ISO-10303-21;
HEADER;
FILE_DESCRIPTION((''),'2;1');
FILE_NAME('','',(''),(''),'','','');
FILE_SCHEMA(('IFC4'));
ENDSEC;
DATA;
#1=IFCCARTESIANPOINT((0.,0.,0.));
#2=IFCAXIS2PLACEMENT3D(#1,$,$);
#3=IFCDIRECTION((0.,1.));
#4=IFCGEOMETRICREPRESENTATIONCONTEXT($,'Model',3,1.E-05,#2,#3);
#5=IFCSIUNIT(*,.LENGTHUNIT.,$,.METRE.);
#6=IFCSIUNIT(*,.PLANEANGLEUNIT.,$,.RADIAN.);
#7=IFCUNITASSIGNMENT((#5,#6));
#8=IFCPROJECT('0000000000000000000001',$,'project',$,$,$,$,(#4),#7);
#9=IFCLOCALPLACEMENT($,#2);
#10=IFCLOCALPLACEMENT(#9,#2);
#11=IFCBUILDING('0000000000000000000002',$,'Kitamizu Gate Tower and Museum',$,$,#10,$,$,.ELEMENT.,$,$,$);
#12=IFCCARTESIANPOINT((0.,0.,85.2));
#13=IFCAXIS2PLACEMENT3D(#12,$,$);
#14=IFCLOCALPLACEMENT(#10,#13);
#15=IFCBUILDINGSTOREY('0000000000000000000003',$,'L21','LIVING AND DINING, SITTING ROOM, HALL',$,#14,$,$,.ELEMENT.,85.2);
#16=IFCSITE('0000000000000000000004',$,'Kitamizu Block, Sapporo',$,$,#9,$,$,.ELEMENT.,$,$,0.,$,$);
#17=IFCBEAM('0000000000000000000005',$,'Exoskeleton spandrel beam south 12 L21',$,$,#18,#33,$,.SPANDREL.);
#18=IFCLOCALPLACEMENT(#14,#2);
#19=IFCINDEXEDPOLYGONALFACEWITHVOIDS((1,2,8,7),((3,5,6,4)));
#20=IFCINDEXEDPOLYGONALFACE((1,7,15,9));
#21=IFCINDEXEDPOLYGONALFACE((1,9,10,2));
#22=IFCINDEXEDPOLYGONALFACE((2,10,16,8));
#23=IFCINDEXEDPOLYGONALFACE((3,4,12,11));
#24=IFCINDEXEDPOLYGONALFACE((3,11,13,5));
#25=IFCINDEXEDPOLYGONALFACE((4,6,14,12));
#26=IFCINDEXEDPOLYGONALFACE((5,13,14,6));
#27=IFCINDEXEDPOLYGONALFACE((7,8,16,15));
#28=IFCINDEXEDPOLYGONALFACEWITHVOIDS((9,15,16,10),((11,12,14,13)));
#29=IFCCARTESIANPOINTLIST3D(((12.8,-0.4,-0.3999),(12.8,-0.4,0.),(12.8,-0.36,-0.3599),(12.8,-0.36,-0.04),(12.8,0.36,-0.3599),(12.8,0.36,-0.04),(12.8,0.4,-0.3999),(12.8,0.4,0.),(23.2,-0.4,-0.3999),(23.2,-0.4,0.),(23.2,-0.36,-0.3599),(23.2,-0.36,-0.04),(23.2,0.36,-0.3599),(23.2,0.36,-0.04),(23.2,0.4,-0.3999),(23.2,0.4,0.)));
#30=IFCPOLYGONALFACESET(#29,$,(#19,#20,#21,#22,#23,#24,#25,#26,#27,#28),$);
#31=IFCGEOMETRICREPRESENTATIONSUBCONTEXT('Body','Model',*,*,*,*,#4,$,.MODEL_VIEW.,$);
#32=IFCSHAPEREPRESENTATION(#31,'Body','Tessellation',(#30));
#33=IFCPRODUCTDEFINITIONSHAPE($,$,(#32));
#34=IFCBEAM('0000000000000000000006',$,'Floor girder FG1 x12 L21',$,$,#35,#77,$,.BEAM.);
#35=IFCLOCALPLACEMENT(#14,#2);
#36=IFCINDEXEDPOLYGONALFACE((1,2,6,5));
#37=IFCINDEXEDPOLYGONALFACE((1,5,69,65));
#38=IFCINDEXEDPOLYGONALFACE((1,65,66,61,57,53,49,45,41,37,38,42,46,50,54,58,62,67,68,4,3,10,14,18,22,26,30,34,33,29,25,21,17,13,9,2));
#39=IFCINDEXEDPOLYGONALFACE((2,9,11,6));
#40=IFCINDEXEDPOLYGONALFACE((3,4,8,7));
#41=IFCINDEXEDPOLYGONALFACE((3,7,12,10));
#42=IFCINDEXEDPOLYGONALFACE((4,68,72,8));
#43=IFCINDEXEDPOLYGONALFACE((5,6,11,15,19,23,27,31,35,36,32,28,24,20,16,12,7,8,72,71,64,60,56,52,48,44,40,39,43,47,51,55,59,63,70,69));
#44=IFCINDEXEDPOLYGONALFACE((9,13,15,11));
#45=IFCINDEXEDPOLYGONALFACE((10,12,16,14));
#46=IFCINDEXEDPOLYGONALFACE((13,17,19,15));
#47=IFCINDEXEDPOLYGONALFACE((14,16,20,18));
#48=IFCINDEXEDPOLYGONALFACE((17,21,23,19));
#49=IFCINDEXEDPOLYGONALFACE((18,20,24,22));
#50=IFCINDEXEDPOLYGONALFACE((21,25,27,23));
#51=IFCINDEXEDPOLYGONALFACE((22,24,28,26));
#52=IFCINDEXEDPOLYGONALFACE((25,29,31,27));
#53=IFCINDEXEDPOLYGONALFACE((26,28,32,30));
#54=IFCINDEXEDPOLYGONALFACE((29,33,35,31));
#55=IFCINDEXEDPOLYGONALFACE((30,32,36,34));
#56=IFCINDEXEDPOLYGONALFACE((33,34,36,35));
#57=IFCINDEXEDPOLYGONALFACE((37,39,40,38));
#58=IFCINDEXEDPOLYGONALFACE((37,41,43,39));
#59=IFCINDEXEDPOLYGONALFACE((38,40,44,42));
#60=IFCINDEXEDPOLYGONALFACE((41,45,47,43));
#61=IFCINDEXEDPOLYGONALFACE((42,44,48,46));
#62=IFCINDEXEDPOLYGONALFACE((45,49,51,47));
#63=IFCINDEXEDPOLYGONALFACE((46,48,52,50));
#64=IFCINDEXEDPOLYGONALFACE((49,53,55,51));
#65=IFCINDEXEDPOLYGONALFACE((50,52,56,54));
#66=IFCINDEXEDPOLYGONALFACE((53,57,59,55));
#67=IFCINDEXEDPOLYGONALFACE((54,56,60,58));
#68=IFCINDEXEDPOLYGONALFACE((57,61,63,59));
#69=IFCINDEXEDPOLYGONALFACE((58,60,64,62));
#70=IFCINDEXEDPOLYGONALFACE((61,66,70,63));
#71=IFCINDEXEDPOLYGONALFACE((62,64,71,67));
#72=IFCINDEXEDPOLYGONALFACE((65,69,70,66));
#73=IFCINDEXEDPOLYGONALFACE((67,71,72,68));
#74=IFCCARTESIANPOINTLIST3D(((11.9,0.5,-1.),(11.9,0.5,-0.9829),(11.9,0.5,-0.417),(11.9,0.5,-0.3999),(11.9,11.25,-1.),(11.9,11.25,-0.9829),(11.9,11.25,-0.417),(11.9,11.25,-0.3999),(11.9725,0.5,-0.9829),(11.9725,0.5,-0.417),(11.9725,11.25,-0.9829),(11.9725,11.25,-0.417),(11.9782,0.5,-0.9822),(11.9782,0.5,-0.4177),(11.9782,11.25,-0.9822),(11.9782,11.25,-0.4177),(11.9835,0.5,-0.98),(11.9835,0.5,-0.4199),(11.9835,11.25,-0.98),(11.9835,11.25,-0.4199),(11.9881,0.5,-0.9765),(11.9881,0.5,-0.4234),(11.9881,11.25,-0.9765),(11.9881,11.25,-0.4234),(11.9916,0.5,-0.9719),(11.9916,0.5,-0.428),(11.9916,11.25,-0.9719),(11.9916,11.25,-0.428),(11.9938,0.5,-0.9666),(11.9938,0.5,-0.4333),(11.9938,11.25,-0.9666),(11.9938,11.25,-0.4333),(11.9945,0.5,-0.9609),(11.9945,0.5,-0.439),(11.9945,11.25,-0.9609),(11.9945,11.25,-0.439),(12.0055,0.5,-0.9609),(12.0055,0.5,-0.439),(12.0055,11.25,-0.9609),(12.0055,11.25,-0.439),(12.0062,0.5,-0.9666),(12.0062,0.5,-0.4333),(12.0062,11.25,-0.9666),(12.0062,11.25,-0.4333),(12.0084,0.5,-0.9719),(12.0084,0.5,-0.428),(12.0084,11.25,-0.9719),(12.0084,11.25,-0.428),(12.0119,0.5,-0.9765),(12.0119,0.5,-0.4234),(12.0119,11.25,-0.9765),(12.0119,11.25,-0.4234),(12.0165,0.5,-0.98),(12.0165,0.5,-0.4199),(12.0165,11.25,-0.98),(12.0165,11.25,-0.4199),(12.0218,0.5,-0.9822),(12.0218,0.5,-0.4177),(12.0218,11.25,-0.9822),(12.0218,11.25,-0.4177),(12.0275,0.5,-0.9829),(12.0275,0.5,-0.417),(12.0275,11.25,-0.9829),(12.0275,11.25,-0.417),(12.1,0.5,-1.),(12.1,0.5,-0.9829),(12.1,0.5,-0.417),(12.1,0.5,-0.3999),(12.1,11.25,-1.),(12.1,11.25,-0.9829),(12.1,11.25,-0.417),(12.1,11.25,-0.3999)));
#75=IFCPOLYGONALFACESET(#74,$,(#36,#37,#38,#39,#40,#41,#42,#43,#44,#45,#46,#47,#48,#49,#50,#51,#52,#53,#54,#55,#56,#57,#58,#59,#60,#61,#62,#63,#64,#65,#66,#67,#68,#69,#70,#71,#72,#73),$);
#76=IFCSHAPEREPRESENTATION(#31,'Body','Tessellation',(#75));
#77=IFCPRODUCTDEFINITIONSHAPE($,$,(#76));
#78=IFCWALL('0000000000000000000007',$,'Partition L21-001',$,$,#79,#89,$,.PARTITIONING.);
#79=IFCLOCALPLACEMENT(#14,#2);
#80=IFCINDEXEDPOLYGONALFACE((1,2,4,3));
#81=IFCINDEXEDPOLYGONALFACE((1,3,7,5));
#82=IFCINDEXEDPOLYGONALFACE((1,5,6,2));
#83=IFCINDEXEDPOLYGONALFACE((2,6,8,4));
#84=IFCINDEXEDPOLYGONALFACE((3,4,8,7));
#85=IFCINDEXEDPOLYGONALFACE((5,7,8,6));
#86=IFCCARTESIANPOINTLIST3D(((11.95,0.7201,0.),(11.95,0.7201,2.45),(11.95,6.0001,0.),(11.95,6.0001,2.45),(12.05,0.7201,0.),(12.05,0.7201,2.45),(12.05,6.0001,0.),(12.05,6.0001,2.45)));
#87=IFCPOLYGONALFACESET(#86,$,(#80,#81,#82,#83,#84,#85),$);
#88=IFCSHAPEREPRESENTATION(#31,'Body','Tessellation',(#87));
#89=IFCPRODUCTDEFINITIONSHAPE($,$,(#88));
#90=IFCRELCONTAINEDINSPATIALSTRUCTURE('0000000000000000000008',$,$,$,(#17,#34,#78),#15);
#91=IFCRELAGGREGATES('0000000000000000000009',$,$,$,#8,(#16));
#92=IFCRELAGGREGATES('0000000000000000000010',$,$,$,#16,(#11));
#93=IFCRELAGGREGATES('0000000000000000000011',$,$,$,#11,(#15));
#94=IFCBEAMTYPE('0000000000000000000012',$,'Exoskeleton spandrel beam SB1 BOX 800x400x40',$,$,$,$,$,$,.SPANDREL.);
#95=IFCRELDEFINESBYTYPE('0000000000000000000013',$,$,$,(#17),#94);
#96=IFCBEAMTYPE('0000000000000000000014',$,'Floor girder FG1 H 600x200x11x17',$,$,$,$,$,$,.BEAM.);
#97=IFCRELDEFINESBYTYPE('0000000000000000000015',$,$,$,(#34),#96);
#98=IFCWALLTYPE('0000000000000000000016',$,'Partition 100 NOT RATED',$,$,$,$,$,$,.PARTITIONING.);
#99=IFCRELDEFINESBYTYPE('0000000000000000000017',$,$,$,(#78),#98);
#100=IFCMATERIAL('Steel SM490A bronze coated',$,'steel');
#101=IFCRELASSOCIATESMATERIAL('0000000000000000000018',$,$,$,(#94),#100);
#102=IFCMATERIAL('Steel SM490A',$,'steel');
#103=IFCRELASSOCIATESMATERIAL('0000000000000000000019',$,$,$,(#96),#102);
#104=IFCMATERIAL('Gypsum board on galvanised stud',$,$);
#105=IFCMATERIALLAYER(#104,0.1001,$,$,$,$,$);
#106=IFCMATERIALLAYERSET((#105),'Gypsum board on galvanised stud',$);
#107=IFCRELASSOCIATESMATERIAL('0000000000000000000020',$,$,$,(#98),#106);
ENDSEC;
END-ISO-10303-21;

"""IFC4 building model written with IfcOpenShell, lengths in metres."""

from ifc_helpers import new_model, si_unit, direction, frame, frame_2d, origin, origin_2d, place, context, subcontext, project, spatial, rectangle, hollow_rectangle, i_section, extrude, material, layer, layer_set, material_profile, profile_set, type_object, element, save


model = new_model("IFC4")

# Units and contexts
model_context = context("Model", 3, precision=1e-05, world=origin(), true_north=direction((0.0, 1.0)))
body_context = subcontext(model_context, "Body", "Model", "MODEL_VIEW")
ifc_project = project(units=[si_unit("LENGTHUNIT", "METRE"), si_unit("PLANEANGLEUNIT", "RADIAN")], contexts=[model_context])

# Site, building, storey
site_placement = place(None, origin())
site = spatial("IfcSite", under=ifc_project, at=site_placement, Name="Kitamizu Block, Sapporo", CompositionType="ELEMENT", RefElevation=0.0)
building_placement = place(site_placement, origin())
building = spatial("IfcBuilding", under=site, at=building_placement, Name="Kitamizu Gate Tower and Museum", CompositionType="ELEMENT")
storey_placement = place(building_placement, frame((0.0, 0.0, 85.2)))
storey = spatial("IfcBuildingStorey", under=building, at=storey_placement, Name="L21", Description="LIVING AND DINING, SITTING ROOM, HALL", CompositionType="ELEMENT", Elevation=85.2)

# Beams
ifc_material_1 = material(Name="Steel SM490A bronze coated", Category="steel")
ifc_material_profile_1 = material_profile(ifc_material_1, hollow_rectangle(XDim=0.8, YDim=0.3999, WallThickness=0.04, at=origin_2d()), Name="BOX 800x400x40")
ifc_profile_set_1 = profile_set([ifc_material_profile_1], Name="Steel SM490A bronze coated")
beam_type_1 = type_object("IfcBeamType", Name="Exoskeleton spandrel beam SB1 BOX 800x400x40", PredefinedType="SPANDREL", material=ifc_profile_set_1)
beam_1_placement = place(storey_placement, frame((12.8, 0.0, -0.2), z_axis=(1.0, 0.0, 0.0), x_axis=(0.0, 1.0, 0.0)))
element("IfcBeam", 1, at=beam_1_placement, inside=storey, type_object=beam_type_1, Name="Exoskeleton spandrel beam south 12 L21", PredefinedType="SPANDREL", context=body_context, shape_type="SweptSolid", body=[
    extrude(hollow_rectangle(XDim=0.8, YDim=0.3999, WallThickness=0.04, at=origin_2d()), origin(), (0.0, 0.0, 1.0), 10.3999),
])
ifc_material_2 = material(Name="Steel SM490A", Category="steel")
ifc_material_profile_2 = material_profile(ifc_material_2, i_section(OverallWidth=0.2, OverallDepth=0.6001, WebThickness=0.011, FlangeThickness=0.0171, FilletRadius=0.022, at=origin_2d()), Name="H-600x200x11x17")
ifc_profile_set_2 = profile_set([ifc_material_profile_2], Name="Steel SM490A")
beam_type_2 = type_object("IfcBeamType", Name="Floor girder FG1 H 600x200x11x17", PredefinedType="BEAM", material=ifc_profile_set_2)
beam_2_placement = place(storey_placement, frame((12.0, 0.5, -0.7), z_axis=(0.0, 1.0, 0.0), x_axis=(-1.0, 0.0, 0.0)))
element("IfcBeam", 2, at=beam_2_placement, inside=storey, type_object=beam_type_2, Name="Floor girder FG1 x12 L21", PredefinedType="BEAM", context=body_context, shape_type="SweptSolid", body=[
    extrude(i_section(OverallWidth=0.2, OverallDepth=0.6001, WebThickness=0.011, FlangeThickness=0.0171, FilletRadius=0.022, at=origin_2d()), origin(), (0.0, 0.0, 1.0), 10.75),
])

# Wall
ifc_material_3 = material(Name="Gypsum board on galvanised stud")
ifc_layer = layer(ifc_material_3, 0.1001)
ifc_layer_set = layer_set([ifc_layer], Name="Gypsum board on galvanised stud")
wall_type = type_object("IfcWallType", Name="Partition 100 NOT RATED", PredefinedType="PARTITIONING", material=ifc_layer_set)
wall_placement = place(storey_placement, frame((12.0, 0.72, 0.0), z_axis=(0.0, 0.0, 1.0), x_axis=(0.0, 1.0, 0.0)))
element("IfcWall", 3, at=wall_placement, inside=storey, type_object=wall_type, Name="Partition L21-001", PredefinedType="PARTITIONING", context=body_context, shape_type="SweptSolid", body=[
    extrude(rectangle(XDim=5.28, YDim=0.1001, at=frame_2d((2.6401, 0.0))), origin(), (0.0, 0.0, 1.0), 2.45),
])

save(model, "model.ifc")
